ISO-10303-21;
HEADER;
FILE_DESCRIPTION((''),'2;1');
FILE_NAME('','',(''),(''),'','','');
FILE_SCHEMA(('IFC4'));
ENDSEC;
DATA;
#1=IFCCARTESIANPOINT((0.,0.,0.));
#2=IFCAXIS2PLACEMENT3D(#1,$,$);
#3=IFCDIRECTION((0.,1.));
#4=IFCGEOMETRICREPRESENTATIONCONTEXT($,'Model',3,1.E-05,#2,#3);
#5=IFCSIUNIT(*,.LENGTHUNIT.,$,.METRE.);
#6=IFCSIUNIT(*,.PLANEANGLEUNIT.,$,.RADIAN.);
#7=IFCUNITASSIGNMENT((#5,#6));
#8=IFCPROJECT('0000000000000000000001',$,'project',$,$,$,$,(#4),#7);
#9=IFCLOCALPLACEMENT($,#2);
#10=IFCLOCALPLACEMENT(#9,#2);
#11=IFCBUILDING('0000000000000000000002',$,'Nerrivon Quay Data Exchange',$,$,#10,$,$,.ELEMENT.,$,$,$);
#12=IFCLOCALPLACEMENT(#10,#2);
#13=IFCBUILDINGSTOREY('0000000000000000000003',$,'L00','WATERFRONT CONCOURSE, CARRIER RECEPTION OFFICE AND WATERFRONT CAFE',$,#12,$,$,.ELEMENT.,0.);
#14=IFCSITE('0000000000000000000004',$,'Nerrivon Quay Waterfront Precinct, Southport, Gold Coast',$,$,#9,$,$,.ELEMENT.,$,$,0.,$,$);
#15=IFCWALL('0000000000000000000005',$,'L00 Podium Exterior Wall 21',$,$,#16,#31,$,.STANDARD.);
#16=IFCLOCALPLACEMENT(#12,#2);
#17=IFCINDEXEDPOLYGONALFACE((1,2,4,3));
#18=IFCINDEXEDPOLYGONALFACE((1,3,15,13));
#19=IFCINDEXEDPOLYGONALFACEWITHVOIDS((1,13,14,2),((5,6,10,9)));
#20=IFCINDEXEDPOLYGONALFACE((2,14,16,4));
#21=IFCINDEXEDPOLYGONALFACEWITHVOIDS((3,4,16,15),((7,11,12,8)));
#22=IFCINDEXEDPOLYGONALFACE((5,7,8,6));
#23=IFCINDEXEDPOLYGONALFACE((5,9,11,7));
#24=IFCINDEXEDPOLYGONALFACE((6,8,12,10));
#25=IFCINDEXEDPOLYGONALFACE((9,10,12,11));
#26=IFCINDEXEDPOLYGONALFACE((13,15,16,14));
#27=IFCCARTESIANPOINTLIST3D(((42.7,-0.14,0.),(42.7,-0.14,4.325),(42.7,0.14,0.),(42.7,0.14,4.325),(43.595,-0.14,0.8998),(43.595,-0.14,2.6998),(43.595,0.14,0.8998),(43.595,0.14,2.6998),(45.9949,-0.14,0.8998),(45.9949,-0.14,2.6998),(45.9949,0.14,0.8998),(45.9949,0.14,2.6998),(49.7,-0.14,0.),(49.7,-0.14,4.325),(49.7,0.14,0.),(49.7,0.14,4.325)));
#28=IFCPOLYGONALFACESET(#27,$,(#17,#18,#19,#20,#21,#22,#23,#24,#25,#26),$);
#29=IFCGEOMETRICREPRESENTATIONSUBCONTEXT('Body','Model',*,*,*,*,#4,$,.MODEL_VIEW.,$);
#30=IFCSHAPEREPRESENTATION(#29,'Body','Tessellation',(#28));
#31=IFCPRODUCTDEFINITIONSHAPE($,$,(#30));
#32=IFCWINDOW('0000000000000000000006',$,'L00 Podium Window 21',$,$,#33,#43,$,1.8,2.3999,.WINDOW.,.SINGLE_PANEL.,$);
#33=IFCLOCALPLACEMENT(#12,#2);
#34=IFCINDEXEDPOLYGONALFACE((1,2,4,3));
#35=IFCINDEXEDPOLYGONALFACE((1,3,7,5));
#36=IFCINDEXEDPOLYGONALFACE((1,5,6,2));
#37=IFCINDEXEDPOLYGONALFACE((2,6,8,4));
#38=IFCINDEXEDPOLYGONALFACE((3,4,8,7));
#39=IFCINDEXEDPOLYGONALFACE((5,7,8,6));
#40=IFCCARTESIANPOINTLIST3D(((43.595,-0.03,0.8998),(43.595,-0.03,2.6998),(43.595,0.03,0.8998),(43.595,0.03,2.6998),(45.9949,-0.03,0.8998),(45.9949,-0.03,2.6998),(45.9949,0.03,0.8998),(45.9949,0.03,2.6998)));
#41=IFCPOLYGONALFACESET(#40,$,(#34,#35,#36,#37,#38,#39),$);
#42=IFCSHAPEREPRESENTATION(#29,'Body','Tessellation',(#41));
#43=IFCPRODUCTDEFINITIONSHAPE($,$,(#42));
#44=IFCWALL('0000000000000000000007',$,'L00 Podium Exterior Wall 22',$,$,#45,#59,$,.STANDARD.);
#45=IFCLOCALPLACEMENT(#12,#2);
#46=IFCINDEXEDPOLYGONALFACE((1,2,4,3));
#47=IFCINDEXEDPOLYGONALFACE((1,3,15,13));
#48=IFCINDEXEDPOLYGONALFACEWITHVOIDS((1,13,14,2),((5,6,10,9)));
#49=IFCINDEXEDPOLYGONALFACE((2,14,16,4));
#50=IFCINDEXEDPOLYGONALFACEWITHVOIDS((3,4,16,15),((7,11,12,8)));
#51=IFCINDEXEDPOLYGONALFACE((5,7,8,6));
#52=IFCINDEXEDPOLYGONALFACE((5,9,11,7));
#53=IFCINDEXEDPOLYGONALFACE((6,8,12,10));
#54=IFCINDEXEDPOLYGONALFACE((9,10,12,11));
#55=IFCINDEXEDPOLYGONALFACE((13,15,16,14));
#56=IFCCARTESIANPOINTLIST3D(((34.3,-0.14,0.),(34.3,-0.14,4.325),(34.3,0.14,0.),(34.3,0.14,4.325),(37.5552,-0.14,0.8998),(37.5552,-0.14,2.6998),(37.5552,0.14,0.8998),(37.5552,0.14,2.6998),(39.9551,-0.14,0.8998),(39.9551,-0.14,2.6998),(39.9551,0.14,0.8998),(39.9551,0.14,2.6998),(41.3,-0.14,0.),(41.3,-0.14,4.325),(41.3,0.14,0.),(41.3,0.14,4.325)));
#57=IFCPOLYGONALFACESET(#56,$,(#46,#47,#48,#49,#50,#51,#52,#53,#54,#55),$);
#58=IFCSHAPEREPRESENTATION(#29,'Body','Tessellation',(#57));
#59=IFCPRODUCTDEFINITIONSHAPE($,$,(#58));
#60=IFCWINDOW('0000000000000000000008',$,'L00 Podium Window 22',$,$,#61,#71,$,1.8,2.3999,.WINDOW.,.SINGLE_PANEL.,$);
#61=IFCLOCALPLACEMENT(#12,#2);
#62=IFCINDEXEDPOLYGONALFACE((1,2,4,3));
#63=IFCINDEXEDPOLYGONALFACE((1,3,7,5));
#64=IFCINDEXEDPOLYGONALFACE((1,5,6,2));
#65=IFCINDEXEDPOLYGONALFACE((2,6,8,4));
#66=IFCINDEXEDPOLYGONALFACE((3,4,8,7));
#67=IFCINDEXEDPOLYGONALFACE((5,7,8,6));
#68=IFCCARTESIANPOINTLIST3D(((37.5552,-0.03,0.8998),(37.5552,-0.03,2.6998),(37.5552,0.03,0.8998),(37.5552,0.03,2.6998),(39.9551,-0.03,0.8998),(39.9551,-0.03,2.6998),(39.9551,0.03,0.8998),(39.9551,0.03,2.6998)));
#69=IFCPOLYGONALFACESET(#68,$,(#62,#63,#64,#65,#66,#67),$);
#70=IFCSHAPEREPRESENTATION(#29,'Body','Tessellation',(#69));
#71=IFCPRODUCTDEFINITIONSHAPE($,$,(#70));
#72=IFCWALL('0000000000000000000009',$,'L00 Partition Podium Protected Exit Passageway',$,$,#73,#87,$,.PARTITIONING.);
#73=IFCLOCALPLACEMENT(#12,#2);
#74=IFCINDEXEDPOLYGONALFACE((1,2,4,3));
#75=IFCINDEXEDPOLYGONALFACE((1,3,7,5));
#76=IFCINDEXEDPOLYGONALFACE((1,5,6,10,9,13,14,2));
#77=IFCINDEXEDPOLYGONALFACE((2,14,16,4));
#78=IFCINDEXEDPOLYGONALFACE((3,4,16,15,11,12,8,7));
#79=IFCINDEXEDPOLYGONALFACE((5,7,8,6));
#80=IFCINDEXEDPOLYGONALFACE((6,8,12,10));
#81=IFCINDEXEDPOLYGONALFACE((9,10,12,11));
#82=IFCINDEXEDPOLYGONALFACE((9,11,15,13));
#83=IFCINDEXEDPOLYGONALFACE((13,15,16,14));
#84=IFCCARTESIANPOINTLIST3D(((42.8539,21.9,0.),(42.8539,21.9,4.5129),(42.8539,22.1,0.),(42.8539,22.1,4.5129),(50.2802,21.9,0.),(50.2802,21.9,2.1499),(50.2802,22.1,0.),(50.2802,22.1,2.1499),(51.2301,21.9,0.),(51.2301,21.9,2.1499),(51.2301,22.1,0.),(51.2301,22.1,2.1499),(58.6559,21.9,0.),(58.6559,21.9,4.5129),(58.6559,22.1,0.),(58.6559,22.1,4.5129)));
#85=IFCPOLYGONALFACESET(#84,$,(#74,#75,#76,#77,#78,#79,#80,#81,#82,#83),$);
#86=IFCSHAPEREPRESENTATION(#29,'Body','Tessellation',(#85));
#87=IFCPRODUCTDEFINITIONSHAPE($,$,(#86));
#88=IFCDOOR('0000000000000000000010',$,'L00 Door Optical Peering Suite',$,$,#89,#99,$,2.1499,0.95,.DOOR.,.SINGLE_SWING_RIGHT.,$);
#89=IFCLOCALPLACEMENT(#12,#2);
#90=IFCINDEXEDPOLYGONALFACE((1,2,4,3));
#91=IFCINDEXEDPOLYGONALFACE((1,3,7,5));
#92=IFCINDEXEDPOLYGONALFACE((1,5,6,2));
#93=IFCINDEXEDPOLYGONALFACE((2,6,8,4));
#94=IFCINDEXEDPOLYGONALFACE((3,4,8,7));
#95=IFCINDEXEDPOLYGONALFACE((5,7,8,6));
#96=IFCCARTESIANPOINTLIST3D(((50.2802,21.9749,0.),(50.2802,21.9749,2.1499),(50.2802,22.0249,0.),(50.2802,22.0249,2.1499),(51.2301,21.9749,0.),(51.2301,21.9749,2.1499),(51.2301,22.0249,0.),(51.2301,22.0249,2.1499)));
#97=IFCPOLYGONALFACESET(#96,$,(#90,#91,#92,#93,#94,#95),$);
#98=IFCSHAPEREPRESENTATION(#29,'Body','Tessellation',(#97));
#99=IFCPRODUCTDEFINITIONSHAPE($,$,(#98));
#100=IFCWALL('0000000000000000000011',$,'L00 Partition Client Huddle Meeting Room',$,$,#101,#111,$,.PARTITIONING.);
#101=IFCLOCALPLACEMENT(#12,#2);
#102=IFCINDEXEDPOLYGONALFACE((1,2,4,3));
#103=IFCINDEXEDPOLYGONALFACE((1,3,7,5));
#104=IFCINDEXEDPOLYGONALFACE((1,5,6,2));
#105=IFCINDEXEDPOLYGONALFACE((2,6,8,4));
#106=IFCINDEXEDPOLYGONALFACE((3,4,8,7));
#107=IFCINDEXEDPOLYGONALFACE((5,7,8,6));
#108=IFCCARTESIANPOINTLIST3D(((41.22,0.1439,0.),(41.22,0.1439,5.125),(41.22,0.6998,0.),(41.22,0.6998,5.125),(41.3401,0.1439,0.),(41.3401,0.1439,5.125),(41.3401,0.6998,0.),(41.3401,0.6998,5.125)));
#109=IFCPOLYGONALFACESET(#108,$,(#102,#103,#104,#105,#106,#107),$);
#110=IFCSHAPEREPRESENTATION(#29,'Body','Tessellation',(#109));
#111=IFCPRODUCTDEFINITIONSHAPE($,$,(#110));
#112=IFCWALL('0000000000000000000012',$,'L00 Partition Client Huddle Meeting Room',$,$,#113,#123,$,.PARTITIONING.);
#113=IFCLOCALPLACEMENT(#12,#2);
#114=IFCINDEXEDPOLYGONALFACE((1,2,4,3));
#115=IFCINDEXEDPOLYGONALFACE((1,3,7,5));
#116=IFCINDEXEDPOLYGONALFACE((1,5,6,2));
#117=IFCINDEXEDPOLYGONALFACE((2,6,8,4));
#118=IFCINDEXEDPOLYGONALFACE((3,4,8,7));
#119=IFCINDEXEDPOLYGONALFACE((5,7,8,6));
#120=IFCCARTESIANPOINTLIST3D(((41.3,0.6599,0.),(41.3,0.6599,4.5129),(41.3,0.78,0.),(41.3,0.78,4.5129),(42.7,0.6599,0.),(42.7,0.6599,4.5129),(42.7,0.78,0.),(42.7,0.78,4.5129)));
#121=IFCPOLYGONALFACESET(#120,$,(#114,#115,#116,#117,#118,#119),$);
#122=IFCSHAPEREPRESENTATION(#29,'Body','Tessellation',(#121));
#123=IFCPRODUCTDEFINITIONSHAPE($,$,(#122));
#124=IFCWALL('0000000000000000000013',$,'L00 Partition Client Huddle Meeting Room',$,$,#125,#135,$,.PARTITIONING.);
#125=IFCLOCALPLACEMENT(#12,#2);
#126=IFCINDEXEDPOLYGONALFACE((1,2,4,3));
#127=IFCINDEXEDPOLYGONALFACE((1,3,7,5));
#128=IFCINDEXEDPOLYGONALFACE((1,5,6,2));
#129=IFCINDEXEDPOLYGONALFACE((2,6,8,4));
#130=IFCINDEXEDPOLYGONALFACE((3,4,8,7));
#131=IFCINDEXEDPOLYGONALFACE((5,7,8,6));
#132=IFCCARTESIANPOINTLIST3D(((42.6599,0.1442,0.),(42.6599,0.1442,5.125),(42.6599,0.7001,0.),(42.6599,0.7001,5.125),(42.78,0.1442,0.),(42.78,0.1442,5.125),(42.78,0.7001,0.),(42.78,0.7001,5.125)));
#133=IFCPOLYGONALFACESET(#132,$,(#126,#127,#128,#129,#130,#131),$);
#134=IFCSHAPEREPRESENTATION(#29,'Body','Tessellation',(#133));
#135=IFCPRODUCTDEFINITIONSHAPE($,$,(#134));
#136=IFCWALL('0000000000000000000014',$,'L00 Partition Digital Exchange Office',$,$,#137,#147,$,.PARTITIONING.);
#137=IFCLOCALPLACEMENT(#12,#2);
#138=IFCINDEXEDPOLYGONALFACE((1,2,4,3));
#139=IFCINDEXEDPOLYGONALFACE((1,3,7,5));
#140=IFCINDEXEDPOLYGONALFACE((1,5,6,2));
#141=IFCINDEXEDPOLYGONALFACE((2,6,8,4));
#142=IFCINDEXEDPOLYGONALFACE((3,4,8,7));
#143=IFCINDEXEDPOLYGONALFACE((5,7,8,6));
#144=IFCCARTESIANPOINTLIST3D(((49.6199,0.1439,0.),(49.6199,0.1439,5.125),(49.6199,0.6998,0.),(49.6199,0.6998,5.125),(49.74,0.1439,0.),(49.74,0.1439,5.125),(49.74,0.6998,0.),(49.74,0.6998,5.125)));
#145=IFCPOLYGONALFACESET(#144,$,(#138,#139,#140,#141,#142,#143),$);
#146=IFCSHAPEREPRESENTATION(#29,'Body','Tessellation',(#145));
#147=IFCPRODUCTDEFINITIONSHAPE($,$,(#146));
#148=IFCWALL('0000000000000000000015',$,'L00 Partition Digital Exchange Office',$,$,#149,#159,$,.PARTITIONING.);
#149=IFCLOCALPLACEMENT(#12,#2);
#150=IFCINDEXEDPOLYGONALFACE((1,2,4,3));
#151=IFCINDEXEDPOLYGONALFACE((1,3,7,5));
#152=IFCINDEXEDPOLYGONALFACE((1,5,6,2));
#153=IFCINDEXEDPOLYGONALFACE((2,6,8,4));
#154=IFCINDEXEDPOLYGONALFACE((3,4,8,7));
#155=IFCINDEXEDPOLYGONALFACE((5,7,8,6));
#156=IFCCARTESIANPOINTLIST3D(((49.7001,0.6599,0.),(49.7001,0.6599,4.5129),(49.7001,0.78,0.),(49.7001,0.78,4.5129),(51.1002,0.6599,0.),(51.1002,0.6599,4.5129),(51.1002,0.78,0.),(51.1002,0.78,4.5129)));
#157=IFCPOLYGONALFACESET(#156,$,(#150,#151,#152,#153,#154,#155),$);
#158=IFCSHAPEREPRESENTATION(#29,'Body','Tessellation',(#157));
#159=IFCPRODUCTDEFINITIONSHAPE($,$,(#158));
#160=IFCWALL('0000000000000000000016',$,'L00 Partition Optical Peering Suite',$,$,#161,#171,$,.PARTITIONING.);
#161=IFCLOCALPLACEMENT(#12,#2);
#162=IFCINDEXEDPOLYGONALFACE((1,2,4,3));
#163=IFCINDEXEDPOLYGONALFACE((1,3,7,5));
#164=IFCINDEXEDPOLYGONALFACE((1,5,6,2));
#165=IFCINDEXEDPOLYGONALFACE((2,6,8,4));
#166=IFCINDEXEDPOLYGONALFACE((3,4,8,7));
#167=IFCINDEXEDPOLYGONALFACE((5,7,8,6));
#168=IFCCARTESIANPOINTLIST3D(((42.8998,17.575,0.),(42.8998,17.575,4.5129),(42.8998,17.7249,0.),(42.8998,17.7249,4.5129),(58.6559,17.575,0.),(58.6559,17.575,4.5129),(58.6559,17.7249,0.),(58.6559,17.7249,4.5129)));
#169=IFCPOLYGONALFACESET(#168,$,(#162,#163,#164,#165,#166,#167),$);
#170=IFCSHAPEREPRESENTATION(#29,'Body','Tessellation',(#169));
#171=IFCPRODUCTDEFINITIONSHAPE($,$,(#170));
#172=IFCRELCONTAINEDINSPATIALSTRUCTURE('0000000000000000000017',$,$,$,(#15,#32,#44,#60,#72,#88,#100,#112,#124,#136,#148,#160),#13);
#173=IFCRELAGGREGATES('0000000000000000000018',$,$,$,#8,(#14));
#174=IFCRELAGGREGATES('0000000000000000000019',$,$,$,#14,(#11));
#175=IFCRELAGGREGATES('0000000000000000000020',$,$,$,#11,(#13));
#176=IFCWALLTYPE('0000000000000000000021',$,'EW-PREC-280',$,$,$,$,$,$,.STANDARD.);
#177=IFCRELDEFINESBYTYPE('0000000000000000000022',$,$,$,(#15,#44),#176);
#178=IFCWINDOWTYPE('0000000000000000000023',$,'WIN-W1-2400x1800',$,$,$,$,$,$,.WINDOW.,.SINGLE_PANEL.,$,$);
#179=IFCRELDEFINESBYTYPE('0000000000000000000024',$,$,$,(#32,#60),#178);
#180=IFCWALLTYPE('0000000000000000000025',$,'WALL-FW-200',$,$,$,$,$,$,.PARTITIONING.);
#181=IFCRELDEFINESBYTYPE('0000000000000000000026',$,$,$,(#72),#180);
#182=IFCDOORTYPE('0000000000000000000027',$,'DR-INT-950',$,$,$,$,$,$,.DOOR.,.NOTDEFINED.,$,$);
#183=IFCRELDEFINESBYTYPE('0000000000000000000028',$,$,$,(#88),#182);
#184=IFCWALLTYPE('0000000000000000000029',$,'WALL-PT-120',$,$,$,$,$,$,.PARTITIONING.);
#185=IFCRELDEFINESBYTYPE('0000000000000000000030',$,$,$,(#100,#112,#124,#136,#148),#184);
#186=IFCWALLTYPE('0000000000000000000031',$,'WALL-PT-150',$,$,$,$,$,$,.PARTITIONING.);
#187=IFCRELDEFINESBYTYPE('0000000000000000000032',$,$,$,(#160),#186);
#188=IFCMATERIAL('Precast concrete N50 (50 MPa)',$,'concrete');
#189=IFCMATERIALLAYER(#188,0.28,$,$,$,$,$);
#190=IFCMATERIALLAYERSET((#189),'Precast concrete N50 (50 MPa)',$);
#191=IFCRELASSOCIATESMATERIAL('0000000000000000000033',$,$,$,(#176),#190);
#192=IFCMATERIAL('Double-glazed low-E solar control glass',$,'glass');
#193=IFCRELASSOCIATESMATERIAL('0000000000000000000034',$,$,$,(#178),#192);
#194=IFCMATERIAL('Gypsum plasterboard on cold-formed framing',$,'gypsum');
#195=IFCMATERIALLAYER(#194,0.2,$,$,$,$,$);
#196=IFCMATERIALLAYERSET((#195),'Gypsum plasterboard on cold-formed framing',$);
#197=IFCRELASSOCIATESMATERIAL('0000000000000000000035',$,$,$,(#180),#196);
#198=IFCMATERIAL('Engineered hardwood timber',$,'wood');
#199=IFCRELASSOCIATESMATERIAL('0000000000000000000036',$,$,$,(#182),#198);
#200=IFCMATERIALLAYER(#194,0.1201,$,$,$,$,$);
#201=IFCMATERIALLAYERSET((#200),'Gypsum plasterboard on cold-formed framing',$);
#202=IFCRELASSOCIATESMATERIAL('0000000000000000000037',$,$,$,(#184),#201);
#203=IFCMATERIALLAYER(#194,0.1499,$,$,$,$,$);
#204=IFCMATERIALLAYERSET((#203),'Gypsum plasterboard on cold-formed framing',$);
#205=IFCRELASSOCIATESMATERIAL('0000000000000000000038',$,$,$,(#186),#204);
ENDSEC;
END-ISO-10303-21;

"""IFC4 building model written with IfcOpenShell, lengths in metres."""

from ifc_helpers import new_model, si_unit, direction, frame, frame_2d, origin, place, context, subcontext, project, spatial, rectangle, extrude, material, layer, layer_set, type_object, element, fill, save


model = new_model("IFC4")

# Units and contexts
model_context = context("Model", 3, precision=1e-05, world=origin(), true_north=direction((0.0, 1.0)))
body_context = subcontext(model_context, "Body", "Model", "MODEL_VIEW")
ifc_project = project(units=[si_unit("LENGTHUNIT", "METRE"), si_unit("PLANEANGLEUNIT", "RADIAN")], contexts=[model_context])

# Site, building, storey
site_placement = place(None, origin())
site = spatial("IfcSite", under=ifc_project, at=site_placement, Name="Nerrivon Quay Waterfront Precinct, Southport, Gold Coast", CompositionType="ELEMENT", RefElevation=0.0)
building_placement = place(site_placement, origin())
building = spatial("IfcBuilding", under=site, at=building_placement, Name="Nerrivon Quay Data Exchange", CompositionType="ELEMENT")
storey_placement = place(building_placement, origin())
storey = spatial("IfcBuildingStorey", under=building, at=storey_placement, Name="L00", Description="WATERFRONT CONCOURSE, CARRIER RECEPTION OFFICE AND WATERFRONT CAFE", CompositionType="ELEMENT", Elevation=0.0)

# Walls, openings, windows
ifc_material_1 = material(Name="Precast concrete N50 (50 MPa)", Category="concrete")
ifc_layer_1 = layer(ifc_material_1, 0.28)
ifc_layer_set_1 = layer_set([ifc_layer_1], Name="Precast concrete N50 (50 MPa)")
wall_type_1 = type_object("IfcWallType", Name="EW-PREC-280", PredefinedType="STANDARD", material=ifc_layer_set_1)
wall_1_placement = place(storey_placement, frame((49.7, 0.0, 0.0), z_axis=(0.0, 0.0, 1.0), x_axis=(-1.0, 0.0, 0.0)))
wall_1 = element("IfcWall", 1, at=wall_1_placement, inside=storey, type_object=wall_type_1, Name="L00 Podium Exterior Wall 21", PredefinedType="STANDARD", context=body_context, shape_type="SweptSolid", body=[
    extrude(rectangle(XDim=7.0, YDim=0.28, at=frame_2d((3.5, 0.0))), origin(), (0.0, 0.0, 1.0), 4.325),
])
opening_1_placement = place(wall_1_placement, frame((3.7051, 0.0, 0.8999)))
opening_1 = element("IfcOpeningElement", 2, at=opening_1_placement, cuts=wall_1, PredefinedType="OPENING", context=body_context, shape_type="SweptSolid", body=[
    extrude(rectangle(XDim=2.3999, YDim=1.8, at=frame_2d((1.2, 0.8999))), frame((0.0, 0.1499, 0.0), z_axis=(0.0, -1.0, 0.0), x_axis=(1.0, 0.0, 0.0)), (0.0, 0.0, 1.0), 0.3),
])
ifc_material_2 = material(Name="Double-glazed low-E solar control glass", Category="glass")
window_type = type_object("IfcWindowType", Name="WIN-W1-2400x1800", PartitioningType="SINGLE_PANEL", PredefinedType="WINDOW", material=ifc_material_2)
window_1_placement = place(opening_1_placement, origin())
window_1 = element("IfcWindow", 3, at=window_1_placement, inside=storey, type_object=window_type, Name="L00 Podium Window 21", OverallHeight=1.8, OverallWidth=2.3999, PartitioningType="SINGLE_PANEL", PredefinedType="WINDOW", context=body_context, shape_type="SweptSolid", body=[
    extrude(rectangle(XDim=2.3999, YDim=1.8, at=frame_2d((1.2, 0.8999))), frame((0.0, 0.03, 0.0), z_axis=(0.0, -1.0, 0.0), x_axis=(1.0, 0.0, 0.0)), (0.0, 0.0, 1.0), 0.0601),
])
fill(opening_1, window_1)
wall_2_placement = place(storey_placement, frame((41.3, 0.0, 0.0), z_axis=(0.0, 0.0, 1.0), x_axis=(-1.0, 0.0, 0.0)))
wall_2 = element("IfcWall", 4, at=wall_2_placement, inside=storey, type_object=wall_type_1, Name="L00 Podium Exterior Wall 22", PredefinedType="STANDARD", context=body_context, shape_type="SweptSolid", body=[
    extrude(rectangle(XDim=7.0, YDim=0.28, at=frame_2d((3.5, 0.0))), origin(), (0.0, 0.0, 1.0), 4.325),
])
opening_2_placement = place(wall_2_placement, frame((1.345, 0.0, 0.8999)))
opening_2 = element("IfcOpeningElement", 5, at=opening_2_placement, cuts=wall_2, PredefinedType="OPENING", context=body_context, shape_type="SweptSolid", body=[
    extrude(rectangle(XDim=2.3999, YDim=1.8, at=frame_2d((1.2, 0.8999))), frame((0.0, 0.1499, 0.0), z_axis=(0.0, -1.0, 0.0), x_axis=(1.0, 0.0, 0.0)), (0.0, 0.0, 1.0), 0.3),
])
window_2_placement = place(opening_2_placement, origin())
window_2 = element("IfcWindow", 6, at=window_2_placement, inside=storey, type_object=window_type, Name="L00 Podium Window 22", OverallHeight=1.8, OverallWidth=2.3999, PartitioningType="SINGLE_PANEL", PredefinedType="WINDOW", context=body_context, shape_type="SweptSolid", body=[
    extrude(rectangle(XDim=2.3999, YDim=1.8, at=frame_2d((1.2, 0.8999))), frame((0.0, 0.03, 0.0), z_axis=(0.0, -1.0, 0.0), x_axis=(1.0, 0.0, 0.0)), (0.0, 0.0, 1.0), 0.0601),
])
fill(opening_2, window_2)

# Wall, opening, door
ifc_material_3 = material(Name="Gypsum plasterboard on cold-formed framing", Category="gypsum")
ifc_layer_2 = layer(ifc_material_3, 0.2)
ifc_layer_set_2 = layer_set([ifc_layer_2], Name="Gypsum plasterboard on cold-formed framing")
wall_type_2 = type_object("IfcWallType", Name="WALL-FW-200", PredefinedType="PARTITIONING", material=ifc_layer_set_2)
wall_3_placement = place(storey_placement, frame((42.854, 22.0, 0.0), z_axis=(0.0, 0.0, 1.0), x_axis=(1.0, 0.0, 0.0)))
wall_3 = element("IfcWall", 7, at=wall_3_placement, inside=storey, type_object=wall_type_2, Name="L00 Partition Podium Protected Exit Passageway", PredefinedType="PARTITIONING", context=body_context, shape_type="SweptSolid", body=[
    extrude(rectangle(XDim=15.802, YDim=0.2, at=frame_2d((7.9009, 0.0))), origin(), (0.0, 0.0, 1.0), 4.5129),
])
opening_3_placement = place(wall_3_placement, frame((7.426, 0.0, 0.0)))
opening_3 = element("IfcOpeningElement", 8, at=opening_3_placement, cuts=wall_3, PredefinedType="OPENING", context=body_context, shape_type="SweptSolid", body=[
    extrude(rectangle(XDim=0.95, YDim=2.1499, at=frame_2d((0.4751, 1.075))), frame((0.0, 0.1099, 0.0), z_axis=(0.0, -1.0, 0.0), x_axis=(1.0, 0.0, 0.0)), (0.0, 0.0, 1.0), 0.22),
])
ifc_material_4 = material(Name="Engineered hardwood timber", Category="wood")
door_type = type_object("IfcDoorType", Name="DR-INT-950", OperationType="NOTDEFINED", PredefinedType="DOOR", material=ifc_material_4)
door_placement = place(opening_3_placement, origin())
door = element("IfcDoor", 9, at=door_placement, inside=storey, type_object=door_type, Name="L00 Door Optical Peering Suite", OperationType="SINGLE_SWING_RIGHT", OverallHeight=2.1499, OverallWidth=0.95, PredefinedType="DOOR", context=body_context, shape_type="SweptSolid", body=[
    extrude(rectangle(XDim=0.95, YDim=2.1499, at=frame_2d((0.4751, 1.075))), frame((0.0, 0.0249, 0.0), z_axis=(0.0, -1.0, 0.0), x_axis=(1.0, 0.0, 0.0)), (0.0, 0.0, 1.0), 0.05),
])
fill(opening_3, door)

# Walls
ifc_layer_3 = layer(ifc_material_3, 0.1201)
ifc_layer_set_3 = layer_set([ifc_layer_3], Name="Gypsum plasterboard on cold-formed framing")
wall_type_3 = type_object("IfcWallType", Name="WALL-PT-120", PredefinedType="PARTITIONING", material=ifc_layer_set_3)
wall_4_placement = place(storey_placement, frame((41.28, 0.144, 0.0), z_axis=(0.0, 0.0, 1.0), x_axis=(0.0, 1.0, 0.0)))
element("IfcWall", 10, at=wall_4_placement, inside=storey, type_object=wall_type_3, Name="L00 Partition Client Huddle Meeting Room", PredefinedType="PARTITIONING", context=body_context, shape_type="SweptSolid", body=[
    extrude(rectangle(XDim=0.5559, YDim=0.1201, at=frame_2d((0.2778, 0.0))), origin(), (0.0, 0.0, 1.0), 5.125),
])
wall_5_placement = place(storey_placement, frame((41.3, 0.72, 0.0), z_axis=(0.0, 0.0, 1.0), x_axis=(1.0, 0.0, 0.0)))
element("IfcWall", 11, at=wall_5_placement, inside=storey, type_object=wall_type_3, Name="L00 Partition Client Huddle Meeting Room", PredefinedType="PARTITIONING", context=body_context, shape_type="SweptSolid", body=[
    extrude(rectangle(XDim=1.3999, YDim=0.1201, at=frame_2d((0.7, 0.0))), origin(), (0.0, 0.0, 1.0), 4.5129),
])
for number, where, z_axis, x_axis, name in (
    (12, (42.72, 0.7, 0.0), (0.0, 0.0, 1.0), (0.0, -1.0, 0.0), "L00 Partition Client Huddle Meeting Room"),
    (13, (49.6799, 0.144, 0.0), (0.0, 0.0, 1.0), (0.0, 1.0, 0.0), "L00 Partition Digital Exchange Office"),
):
    element("IfcWall", number, at=place(storey_placement, frame(where, z_axis=z_axis, x_axis=x_axis)), inside=storey, type_object=wall_type_3, Name=name, PredefinedType="PARTITIONING", context=body_context, shape_type="SweptSolid", body=[
        extrude(rectangle(XDim=0.5559, YDim=0.1201, at=frame_2d((0.2778, 0.0))), origin(), (0.0, 0.0, 1.0), 5.125),
    ])
wall_6_placement = place(storey_placement, frame((49.7, 0.72, 0.0), z_axis=(0.0, 0.0, 1.0), x_axis=(1.0, 0.0, 0.0)))
element("IfcWall", 14, at=wall_6_placement, inside=storey, type_object=wall_type_3, Name="L00 Partition Digital Exchange Office", PredefinedType="PARTITIONING", context=body_context, shape_type="SweptSolid", body=[
    extrude(rectangle(XDim=1.4001, YDim=0.1201, at=frame_2d((0.7002, 0.0))), origin(), (0.0, 0.0, 1.0), 4.5129),
])
ifc_layer_4 = layer(ifc_material_3, 0.1499)
ifc_layer_set_4 = layer_set([ifc_layer_4], Name="Gypsum plasterboard on cold-formed framing")
wall_type_4 = type_object("IfcWallType", Name="WALL-PT-150", PredefinedType="PARTITIONING", material=ifc_layer_set_4)
wall_7_placement = place(storey_placement, frame((42.8999, 17.6499, 0.0), z_axis=(0.0, 0.0, 1.0), x_axis=(1.0, 0.0, 0.0)))
element("IfcWall", 15, at=wall_7_placement, inside=storey, type_object=wall_type_4, Name="L00 Partition Optical Peering Suite", PredefinedType="PARTITIONING", context=body_context, shape_type="SweptSolid", body=[
    extrude(rectangle(XDim=15.7561, YDim=0.1499, at=frame_2d((7.8779, 0.0))), origin(), (0.0, 0.0, 1.0), 4.5129),
])

save(model, "model.ifc")
